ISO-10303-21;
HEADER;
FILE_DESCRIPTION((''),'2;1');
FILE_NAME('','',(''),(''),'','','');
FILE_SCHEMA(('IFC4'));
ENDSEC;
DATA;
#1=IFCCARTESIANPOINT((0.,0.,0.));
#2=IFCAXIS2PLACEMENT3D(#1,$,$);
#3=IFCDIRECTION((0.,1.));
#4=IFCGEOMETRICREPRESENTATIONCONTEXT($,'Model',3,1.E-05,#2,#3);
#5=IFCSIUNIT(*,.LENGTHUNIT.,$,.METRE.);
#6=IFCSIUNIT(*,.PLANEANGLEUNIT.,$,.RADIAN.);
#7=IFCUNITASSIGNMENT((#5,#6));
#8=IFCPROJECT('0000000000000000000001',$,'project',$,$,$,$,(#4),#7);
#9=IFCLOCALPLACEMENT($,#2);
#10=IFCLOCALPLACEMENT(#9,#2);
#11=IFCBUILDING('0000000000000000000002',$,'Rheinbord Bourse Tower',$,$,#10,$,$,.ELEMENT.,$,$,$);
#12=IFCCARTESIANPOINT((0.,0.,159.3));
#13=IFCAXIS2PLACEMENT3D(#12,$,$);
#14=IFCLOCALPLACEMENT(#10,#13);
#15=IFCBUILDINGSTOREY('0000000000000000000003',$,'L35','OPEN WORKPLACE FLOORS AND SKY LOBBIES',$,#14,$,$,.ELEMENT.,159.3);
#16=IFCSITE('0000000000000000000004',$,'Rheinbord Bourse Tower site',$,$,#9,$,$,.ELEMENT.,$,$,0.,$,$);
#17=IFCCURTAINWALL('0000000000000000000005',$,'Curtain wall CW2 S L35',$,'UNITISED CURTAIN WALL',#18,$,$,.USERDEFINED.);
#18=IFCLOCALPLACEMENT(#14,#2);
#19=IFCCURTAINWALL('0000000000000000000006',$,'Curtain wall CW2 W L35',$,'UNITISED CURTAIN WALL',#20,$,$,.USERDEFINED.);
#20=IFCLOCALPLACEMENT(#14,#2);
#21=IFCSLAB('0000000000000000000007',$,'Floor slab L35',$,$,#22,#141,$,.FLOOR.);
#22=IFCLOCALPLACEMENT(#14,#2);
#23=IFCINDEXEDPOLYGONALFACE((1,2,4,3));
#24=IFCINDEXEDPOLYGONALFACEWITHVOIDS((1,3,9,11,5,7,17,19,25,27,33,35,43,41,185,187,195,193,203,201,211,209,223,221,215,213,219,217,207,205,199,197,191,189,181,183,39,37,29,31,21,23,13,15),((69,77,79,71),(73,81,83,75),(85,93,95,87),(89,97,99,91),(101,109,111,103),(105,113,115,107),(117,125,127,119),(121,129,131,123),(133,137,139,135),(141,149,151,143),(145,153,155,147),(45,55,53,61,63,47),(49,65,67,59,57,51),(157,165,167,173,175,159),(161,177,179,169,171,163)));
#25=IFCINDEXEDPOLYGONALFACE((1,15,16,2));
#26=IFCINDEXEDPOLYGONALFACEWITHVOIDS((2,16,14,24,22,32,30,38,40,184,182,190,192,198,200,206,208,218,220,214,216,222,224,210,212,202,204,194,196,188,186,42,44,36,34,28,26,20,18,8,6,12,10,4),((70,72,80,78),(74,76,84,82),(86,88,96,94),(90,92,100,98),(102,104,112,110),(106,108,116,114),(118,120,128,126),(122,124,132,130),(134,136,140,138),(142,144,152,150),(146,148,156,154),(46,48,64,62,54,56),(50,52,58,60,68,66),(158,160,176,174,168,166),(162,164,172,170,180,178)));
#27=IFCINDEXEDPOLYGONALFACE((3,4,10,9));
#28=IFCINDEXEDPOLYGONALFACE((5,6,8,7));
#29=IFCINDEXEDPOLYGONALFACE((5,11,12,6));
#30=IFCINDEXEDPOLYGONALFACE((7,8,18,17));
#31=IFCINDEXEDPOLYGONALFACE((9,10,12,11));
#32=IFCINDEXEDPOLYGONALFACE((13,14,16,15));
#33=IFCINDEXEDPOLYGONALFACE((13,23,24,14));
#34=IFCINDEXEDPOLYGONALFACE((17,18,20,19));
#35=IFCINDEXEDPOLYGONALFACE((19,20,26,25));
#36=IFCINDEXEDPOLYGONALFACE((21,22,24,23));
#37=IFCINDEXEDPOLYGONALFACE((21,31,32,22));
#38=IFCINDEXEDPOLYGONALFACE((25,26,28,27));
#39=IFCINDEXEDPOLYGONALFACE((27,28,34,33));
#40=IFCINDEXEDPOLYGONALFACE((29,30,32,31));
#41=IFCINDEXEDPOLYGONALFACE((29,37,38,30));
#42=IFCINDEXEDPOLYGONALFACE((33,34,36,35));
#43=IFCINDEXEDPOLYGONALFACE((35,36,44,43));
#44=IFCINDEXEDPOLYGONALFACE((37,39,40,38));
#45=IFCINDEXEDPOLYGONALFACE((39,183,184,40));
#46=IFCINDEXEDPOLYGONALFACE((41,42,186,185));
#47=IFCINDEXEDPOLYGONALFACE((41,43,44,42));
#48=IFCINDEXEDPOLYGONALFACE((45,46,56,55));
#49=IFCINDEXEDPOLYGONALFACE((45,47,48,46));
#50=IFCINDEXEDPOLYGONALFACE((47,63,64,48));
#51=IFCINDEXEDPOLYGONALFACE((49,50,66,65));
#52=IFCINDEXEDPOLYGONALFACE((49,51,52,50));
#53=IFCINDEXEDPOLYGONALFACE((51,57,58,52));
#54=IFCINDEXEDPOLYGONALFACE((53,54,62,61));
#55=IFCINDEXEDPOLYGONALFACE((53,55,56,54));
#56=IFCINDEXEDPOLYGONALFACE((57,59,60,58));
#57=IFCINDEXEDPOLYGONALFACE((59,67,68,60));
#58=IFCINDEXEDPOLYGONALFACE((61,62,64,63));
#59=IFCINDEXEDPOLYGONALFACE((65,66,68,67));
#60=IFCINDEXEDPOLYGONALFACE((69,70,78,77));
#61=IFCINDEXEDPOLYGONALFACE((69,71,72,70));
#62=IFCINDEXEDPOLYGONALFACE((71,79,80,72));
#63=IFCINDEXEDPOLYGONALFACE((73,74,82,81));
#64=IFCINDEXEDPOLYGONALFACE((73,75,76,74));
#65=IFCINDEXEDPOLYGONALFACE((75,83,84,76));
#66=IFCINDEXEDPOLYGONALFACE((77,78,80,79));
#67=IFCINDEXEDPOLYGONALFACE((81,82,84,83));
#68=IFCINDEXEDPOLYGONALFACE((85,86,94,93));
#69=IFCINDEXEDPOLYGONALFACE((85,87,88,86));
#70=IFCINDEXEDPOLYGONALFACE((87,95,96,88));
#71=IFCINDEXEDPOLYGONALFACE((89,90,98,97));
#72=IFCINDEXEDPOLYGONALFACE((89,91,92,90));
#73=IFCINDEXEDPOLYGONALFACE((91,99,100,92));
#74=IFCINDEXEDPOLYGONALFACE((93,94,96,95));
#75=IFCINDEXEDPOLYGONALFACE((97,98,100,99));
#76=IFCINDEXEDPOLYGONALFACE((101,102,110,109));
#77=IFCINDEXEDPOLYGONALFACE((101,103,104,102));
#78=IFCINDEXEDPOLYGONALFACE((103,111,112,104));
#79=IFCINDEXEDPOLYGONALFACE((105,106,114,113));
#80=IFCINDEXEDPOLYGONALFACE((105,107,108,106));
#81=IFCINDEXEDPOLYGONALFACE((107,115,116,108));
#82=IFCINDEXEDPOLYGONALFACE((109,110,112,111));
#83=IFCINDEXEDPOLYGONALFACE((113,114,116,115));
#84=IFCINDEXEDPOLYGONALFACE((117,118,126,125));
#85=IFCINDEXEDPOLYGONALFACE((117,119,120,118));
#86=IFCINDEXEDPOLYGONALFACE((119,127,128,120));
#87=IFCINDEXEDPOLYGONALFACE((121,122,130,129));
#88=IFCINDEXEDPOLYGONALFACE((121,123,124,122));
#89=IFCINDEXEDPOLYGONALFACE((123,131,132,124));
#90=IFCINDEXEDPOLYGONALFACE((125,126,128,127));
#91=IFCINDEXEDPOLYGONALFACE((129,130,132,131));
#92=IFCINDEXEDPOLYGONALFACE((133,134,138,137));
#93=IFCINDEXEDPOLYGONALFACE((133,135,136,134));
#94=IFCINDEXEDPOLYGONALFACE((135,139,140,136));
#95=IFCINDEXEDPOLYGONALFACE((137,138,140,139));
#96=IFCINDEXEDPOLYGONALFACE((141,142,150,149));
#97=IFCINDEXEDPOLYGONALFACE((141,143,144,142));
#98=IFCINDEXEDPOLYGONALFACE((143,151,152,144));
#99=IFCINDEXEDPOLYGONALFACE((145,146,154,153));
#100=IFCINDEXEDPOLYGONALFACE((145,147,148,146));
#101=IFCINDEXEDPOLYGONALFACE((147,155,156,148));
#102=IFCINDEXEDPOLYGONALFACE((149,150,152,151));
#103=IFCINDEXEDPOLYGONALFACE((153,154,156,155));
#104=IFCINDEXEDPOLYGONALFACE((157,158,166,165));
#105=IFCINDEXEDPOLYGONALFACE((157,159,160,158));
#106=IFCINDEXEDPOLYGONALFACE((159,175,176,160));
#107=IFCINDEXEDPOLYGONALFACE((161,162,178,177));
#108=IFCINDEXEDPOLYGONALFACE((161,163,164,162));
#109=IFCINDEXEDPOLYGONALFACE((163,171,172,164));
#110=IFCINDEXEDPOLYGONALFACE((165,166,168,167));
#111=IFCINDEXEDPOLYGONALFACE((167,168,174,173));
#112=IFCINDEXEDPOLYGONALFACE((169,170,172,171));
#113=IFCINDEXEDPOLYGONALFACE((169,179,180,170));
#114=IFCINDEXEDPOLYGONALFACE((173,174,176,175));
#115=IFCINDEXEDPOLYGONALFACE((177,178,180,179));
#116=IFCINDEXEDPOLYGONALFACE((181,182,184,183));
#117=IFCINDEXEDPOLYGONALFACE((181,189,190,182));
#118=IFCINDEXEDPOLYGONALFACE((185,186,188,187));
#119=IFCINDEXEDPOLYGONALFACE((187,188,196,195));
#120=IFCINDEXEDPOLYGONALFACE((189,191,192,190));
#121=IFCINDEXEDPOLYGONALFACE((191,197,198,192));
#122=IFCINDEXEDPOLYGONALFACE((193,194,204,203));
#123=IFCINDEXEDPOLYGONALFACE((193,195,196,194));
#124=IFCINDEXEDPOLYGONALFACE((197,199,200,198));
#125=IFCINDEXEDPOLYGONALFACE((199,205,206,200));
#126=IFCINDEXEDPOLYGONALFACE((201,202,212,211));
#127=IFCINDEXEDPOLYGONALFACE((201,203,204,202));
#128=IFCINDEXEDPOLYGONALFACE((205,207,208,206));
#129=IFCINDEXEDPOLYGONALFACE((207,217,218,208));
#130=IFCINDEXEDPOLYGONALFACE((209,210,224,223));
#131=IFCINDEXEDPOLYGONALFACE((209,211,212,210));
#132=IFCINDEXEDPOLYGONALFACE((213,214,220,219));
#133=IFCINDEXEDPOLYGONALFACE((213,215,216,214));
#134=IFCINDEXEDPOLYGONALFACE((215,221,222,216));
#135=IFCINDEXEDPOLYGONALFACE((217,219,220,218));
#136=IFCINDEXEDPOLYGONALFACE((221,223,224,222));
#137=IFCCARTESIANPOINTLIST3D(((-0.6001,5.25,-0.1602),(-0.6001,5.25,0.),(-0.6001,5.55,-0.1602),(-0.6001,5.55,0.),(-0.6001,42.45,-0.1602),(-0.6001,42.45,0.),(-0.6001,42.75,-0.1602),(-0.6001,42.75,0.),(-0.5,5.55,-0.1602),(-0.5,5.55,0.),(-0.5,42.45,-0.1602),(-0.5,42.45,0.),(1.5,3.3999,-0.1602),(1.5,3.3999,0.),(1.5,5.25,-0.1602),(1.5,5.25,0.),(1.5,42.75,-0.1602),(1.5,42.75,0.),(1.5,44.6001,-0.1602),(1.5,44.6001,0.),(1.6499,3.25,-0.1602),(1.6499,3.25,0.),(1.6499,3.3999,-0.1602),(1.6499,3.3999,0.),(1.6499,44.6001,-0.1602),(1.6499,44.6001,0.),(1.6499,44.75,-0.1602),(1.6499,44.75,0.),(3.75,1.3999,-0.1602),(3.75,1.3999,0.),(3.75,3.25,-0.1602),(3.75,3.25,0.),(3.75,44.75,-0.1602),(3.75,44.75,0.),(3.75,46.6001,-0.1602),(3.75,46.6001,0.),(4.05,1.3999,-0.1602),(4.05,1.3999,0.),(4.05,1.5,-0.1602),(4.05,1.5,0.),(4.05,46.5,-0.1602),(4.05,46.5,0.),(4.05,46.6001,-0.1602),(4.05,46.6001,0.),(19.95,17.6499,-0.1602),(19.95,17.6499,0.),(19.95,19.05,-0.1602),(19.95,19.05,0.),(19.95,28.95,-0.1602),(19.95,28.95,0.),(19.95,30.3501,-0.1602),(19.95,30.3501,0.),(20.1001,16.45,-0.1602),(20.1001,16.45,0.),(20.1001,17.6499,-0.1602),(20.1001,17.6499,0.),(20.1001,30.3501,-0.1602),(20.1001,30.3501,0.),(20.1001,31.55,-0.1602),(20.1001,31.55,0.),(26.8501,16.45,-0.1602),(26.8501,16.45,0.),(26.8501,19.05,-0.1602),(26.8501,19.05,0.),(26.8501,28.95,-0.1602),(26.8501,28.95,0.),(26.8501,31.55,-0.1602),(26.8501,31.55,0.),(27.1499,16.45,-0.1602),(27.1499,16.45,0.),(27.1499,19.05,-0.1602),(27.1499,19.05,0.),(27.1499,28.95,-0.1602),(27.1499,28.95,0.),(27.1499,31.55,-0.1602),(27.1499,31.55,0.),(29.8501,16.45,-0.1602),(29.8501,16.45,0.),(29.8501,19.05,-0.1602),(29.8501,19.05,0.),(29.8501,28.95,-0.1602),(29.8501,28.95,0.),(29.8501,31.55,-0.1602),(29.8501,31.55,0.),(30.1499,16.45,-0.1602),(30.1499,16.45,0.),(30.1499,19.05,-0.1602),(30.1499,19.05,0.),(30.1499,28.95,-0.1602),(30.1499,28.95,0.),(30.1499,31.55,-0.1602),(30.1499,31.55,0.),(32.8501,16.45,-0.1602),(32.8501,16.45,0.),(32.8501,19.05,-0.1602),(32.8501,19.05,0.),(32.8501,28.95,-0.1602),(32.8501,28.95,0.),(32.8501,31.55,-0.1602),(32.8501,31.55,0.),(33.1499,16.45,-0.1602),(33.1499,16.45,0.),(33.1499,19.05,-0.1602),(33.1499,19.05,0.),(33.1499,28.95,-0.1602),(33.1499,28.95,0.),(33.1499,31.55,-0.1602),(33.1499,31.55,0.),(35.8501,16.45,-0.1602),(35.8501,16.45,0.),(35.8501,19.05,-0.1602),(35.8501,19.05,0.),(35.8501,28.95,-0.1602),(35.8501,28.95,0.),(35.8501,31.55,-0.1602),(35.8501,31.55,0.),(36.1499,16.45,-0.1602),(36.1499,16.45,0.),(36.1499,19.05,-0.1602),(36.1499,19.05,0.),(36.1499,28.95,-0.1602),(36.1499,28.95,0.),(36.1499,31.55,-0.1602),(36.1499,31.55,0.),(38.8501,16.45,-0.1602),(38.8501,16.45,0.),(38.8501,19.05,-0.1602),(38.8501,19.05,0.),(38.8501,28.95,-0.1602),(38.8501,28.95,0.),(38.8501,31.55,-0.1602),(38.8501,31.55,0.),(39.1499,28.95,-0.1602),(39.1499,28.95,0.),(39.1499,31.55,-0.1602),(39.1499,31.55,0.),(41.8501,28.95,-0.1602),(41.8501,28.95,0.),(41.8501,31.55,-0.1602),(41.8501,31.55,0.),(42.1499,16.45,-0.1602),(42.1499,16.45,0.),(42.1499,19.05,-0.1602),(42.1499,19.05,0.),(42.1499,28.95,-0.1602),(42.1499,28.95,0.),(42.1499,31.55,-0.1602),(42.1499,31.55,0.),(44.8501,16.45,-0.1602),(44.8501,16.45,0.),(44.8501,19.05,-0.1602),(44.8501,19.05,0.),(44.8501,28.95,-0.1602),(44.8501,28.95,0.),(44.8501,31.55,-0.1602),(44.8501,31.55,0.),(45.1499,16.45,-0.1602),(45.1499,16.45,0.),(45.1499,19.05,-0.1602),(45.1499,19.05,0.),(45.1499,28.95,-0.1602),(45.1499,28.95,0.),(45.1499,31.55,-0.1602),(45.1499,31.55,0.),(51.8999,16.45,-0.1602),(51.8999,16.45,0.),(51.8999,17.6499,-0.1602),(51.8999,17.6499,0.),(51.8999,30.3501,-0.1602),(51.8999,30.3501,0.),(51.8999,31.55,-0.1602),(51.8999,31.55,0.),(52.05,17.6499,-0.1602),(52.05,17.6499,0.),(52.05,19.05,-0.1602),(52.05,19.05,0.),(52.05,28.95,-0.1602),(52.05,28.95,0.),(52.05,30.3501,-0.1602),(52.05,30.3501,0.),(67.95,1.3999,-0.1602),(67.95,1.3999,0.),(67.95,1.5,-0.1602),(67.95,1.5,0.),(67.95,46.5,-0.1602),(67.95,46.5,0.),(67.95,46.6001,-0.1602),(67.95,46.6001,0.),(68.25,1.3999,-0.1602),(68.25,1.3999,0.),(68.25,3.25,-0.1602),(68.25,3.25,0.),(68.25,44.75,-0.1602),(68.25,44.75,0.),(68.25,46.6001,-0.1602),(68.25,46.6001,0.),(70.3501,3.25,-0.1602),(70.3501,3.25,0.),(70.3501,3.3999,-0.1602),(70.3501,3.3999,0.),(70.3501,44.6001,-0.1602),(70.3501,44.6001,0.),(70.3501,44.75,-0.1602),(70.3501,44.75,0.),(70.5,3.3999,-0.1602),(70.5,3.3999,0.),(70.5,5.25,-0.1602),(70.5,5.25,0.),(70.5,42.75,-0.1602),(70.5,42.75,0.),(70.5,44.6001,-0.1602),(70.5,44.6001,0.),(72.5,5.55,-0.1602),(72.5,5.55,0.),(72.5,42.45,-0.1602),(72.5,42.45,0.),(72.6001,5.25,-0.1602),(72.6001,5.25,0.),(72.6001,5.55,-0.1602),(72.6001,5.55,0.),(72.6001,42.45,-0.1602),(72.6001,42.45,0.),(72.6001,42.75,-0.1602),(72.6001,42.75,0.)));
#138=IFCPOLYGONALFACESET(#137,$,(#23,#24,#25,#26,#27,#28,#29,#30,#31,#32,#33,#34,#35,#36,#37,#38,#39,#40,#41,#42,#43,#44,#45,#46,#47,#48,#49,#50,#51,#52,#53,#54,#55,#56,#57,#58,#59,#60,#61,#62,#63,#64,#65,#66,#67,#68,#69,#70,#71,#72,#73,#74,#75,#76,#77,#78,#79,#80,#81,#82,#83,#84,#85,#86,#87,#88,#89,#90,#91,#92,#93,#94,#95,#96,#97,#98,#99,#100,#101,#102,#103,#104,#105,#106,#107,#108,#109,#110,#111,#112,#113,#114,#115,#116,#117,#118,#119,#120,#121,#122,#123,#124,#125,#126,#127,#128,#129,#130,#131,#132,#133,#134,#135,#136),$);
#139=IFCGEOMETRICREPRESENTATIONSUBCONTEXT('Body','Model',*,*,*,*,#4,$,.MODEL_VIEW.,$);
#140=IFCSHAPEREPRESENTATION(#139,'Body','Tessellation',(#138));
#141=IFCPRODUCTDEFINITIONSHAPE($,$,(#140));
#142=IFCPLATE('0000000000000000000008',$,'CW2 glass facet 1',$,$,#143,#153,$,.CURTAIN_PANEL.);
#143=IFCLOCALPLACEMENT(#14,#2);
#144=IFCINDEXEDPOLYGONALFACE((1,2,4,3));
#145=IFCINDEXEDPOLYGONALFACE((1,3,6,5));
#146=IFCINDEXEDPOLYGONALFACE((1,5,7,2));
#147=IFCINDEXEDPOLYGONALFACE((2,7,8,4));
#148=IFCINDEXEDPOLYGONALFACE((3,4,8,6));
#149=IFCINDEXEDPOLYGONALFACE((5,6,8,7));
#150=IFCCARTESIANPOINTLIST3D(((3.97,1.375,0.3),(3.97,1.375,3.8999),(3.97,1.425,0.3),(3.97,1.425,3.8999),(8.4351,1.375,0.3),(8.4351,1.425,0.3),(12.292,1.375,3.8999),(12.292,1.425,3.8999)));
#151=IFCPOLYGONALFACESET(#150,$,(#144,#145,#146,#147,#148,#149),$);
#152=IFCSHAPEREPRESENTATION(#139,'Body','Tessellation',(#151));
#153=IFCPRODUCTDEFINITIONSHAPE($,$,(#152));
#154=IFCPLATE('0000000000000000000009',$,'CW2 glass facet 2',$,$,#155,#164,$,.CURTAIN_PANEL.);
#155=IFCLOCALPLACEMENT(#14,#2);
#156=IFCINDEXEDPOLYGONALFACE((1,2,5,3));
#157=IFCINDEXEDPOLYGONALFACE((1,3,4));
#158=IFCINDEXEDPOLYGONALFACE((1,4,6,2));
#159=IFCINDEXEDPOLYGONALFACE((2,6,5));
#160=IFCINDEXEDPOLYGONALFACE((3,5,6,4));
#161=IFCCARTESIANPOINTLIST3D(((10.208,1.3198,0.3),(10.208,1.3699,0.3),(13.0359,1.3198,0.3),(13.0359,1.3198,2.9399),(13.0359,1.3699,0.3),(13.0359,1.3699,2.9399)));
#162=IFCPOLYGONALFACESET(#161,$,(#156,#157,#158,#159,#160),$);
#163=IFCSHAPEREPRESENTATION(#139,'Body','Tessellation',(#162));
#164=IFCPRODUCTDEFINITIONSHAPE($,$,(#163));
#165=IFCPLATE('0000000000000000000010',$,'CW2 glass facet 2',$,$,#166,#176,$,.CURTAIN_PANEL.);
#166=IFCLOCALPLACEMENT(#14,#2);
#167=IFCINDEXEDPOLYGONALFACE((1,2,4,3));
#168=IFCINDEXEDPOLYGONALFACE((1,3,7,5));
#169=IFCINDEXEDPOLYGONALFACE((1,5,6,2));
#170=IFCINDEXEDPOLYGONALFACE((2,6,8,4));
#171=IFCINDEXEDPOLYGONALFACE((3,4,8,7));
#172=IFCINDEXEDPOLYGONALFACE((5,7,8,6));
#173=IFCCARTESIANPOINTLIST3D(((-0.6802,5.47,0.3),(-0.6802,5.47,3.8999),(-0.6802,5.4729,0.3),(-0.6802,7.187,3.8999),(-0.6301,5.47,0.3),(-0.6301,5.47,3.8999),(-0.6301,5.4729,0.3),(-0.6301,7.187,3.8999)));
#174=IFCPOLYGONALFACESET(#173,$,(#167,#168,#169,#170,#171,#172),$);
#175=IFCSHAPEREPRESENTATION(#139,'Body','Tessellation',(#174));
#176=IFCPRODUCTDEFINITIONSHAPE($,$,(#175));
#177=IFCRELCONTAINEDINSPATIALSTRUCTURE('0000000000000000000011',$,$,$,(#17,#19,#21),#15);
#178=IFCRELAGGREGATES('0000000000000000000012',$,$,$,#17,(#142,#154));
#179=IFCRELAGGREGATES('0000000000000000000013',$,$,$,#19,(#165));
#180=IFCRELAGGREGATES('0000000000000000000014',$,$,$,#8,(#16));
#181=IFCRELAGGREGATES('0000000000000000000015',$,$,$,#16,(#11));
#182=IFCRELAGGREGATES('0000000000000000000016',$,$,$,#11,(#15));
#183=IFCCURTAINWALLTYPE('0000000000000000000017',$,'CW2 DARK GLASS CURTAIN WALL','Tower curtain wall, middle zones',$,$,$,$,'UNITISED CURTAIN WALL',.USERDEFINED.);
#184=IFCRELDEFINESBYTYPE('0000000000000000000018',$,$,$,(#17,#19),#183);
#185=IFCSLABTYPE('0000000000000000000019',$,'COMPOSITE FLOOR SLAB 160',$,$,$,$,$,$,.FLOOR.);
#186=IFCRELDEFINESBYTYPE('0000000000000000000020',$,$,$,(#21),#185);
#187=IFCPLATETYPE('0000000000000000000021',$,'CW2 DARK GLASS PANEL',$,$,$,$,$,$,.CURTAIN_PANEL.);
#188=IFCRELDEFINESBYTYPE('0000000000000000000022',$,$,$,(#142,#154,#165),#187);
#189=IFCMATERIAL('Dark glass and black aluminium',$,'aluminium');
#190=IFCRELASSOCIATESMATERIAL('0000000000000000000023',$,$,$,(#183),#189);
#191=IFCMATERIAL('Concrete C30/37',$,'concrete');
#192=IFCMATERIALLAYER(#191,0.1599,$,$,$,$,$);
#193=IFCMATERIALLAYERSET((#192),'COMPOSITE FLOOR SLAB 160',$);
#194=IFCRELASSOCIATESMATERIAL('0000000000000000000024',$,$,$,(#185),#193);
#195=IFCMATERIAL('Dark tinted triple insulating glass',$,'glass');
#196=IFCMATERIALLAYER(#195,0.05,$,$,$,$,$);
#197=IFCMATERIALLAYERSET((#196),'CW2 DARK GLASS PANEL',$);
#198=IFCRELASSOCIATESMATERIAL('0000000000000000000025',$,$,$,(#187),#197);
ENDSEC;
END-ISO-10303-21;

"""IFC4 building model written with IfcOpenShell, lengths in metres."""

from ifc_helpers import new_model, si_unit, direction, frame, origin, place, context, subcontext, project, spatial, polyline, outline, extrude, material, layer, layer_set, type_object, element, aggregate, save


model = new_model("IFC4")

# Units and contexts
model_context = context("Model", 3, precision=1e-05, world=origin(), true_north=direction((0.0, 1.0)))
body_context = subcontext(model_context, "Body", "Model", "MODEL_VIEW")
ifc_project = project(units=[si_unit("LENGTHUNIT", "METRE"), si_unit("PLANEANGLEUNIT", "RADIAN")], contexts=[model_context])

# Site, building, storey
site_placement = place(None, origin())
site = spatial("IfcSite", under=ifc_project, at=site_placement, Name="Rheinbord Bourse Tower site", CompositionType="ELEMENT", RefElevation=0.0)
building_placement = place(site_placement, origin())
building = spatial("IfcBuilding", under=site, at=building_placement, Name="Rheinbord Bourse Tower", CompositionType="ELEMENT")
storey_placement = place(building_placement, frame((0.0, 0.0, 159.3)))
storey = spatial("IfcBuildingStorey", under=building, at=storey_placement, Name="L35", Description="OPEN WORKPLACE FLOORS AND SKY LOBBIES", CompositionType="ELEMENT", Elevation=159.3)

# Curtain wall
ifc_material_1 = material(Name="Dark glass and black aluminium", Category="aluminium")
curtain_wall_type = type_object("IfcCurtainWallType", Name="CW2 DARK GLASS CURTAIN WALL", Description="Tower curtain wall, middle zones", ElementType="UNITISED CURTAIN WALL", PredefinedType="USERDEFINED", material=ifc_material_1)
curtain_wall_1_placement = place(storey_placement, origin())
curtain_wall_1 = element("IfcCurtainWall", 1, at=curtain_wall_1_placement, inside=storey, type_object=curtain_wall_type, Name="Curtain wall CW2 S L35", ObjectType="UNITISED CURTAIN WALL", PredefinedType="USERDEFINED")

# Curtain wall
curtain_wall_2_placement = place(storey_placement, origin())
curtain_wall_2 = element("IfcCurtainWall", 2, at=curtain_wall_2_placement, inside=storey, type_object=curtain_wall_type, Name="Curtain wall CW2 W L35", ObjectType="UNITISED CURTAIN WALL", PredefinedType="USERDEFINED")

# Slab
ifc_material_2 = material(Name="Concrete C30/37", Category="concrete")
ifc_layer_1 = layer(ifc_material_2, 0.1599)
ifc_layer_set_1 = layer_set([ifc_layer_1], Name="COMPOSITE FLOOR SLAB 160")
slab_type_1 = type_object("IfcSlabType", Name="COMPOSITE FLOOR SLAB 160", PredefinedType="FLOOR", material=ifc_layer_set_1)
slab_1_placement = place(storey_placement, frame((0.0, 0.0, -0.1602)))
element("IfcSlab", 3, at=slab_1_placement, inside=storey, type_object=slab_type_1, Name="Floor slab L35", PredefinedType="FLOOR", context=body_context, shape_type="SweptSolid", body=[
    extrude(outline(polyline([(1.6499, 3.3999), (1.5, 3.3999), (1.5, 5.25), (-0.6001, 5.25), (-0.6001, 5.55), (-0.5, 5.55), (-0.5, 42.45), (-0.6001, 42.45), (-0.6001, 42.75), (1.5, 42.75), (1.5, 44.6001), (1.6499, 44.6001), (1.6499, 44.75), (3.75, 44.75), (3.75, 46.6001), (4.05, 46.6001), (4.05, 46.5), (67.95, 46.5), (67.95, 46.6001), (68.25, 46.6001), (68.25, 44.75), (70.3501, 44.75), (70.3501, 44.6001), (70.5, 44.6001), (70.5, 42.75), (72.6001, 42.75), (72.6001, 42.45), (72.5, 42.45), (72.5, 5.55), (72.6001, 5.55), (72.6001, 5.25), (70.5, 5.25), (70.5, 3.3999), (70.3501, 3.3999), (70.3501, 3.25), (68.25, 3.25), (68.25, 1.3999), (67.95, 1.3999), (67.95, 1.5), (4.05, 1.5), (4.05, 1.3999), (3.75, 1.3999), (3.75, 3.25), (1.6499, 3.25), (1.6499, 3.3999)]), holes=[polyline([(19.95, 19.05), (26.8501, 19.05), (26.8501, 16.45), (20.1001, 16.45), (20.1001, 17.6499), (19.95, 17.6499), (19.95, 19.05)]), polyline([(26.8501, 31.55), (26.8501, 28.95), (19.95, 28.95), (19.95, 30.3501), (20.1001, 30.3501), (20.1001, 31.55), (26.8501, 31.55)]), polyline([(45.1499, 16.45), (45.1499, 19.05), (52.05, 19.05), (52.05, 17.6499), (51.8999, 17.6499), (51.8999, 16.45), (45.1499, 16.45)]), polyline([(52.05, 28.95), (45.1499, 28.95), (45.1499, 31.55), (51.8999, 31.55), (51.8999, 30.3501), (52.05, 30.3501), (52.05, 28.95)]), polyline([(27.1499, 16.45), (27.1499, 19.05), (29.8501, 19.05), (29.8501, 16.45), (27.1499, 16.45)]), polyline([(27.1499, 28.95), (27.1499, 31.55), (29.8501, 31.55), (29.8501, 28.95), (27.1499, 28.95)]), polyline([(30.1499, 16.45), (30.1499, 19.05), (32.8501, 19.05), (32.8501, 16.45), (30.1499, 16.45)]), polyline([(30.1499, 28.95), (30.1499, 31.55), (32.8501, 31.55), (32.8501, 28.95), (30.1499, 28.95)]), polyline([(33.1499, 16.45), (33.1499, 19.05), (35.8501, 19.05), (35.8501, 16.45), (33.1499, 16.45)]), polyline([(33.1499, 28.95), (33.1499, 31.55), (35.8501, 31.55), (35.8501, 28.95), (33.1499, 28.95)]), polyline([(36.1499, 16.45), (36.1499, 19.05), (38.8501, 19.05), (38.8501, 16.45), (36.1499, 16.45)]), polyline([(36.1499, 28.95), (36.1499, 31.55), (38.8501, 31.55), (38.8501, 28.95), (36.1499, 28.95)]), polyline([(39.1499, 28.95), (39.1499, 31.55), (41.8501, 31.55), (41.8501, 28.95), (39.1499, 28.95)]), polyline([(42.1499, 16.45), (42.1499, 19.05), (44.8501, 19.05), (44.8501, 16.45), (42.1499, 16.45)]), polyline([(42.1499, 28.95), (42.1499, 31.55), (44.8501, 31.55), (44.8501, 28.95), (42.1499, 28.95)])]), origin(), (0.0, 0.0, 1.0), 0.1602),
])

# Plates
ifc_material_3 = material(Name="Dark tinted triple insulating glass", Category="glass")
ifc_layer_2 = layer(ifc_material_3, 0.05)
ifc_layer_set_2 = layer_set([ifc_layer_2], Name="CW2 DARK GLASS PANEL")
plate_type = type_object("IfcPlateType", Name="CW2 DARK GLASS PANEL", PredefinedType="CURTAIN_PANEL", material=ifc_layer_set_2)
plate_1_placement = place(storey_placement, frame((3.97, 1.375, 0.3), z_axis=(0.0, 1.0, 0.0), x_axis=(0.0, 0.0, 1.0)))
plate_1 = element("IfcPlate", 4, at=plate_1_placement, type_object=plate_type, Name="CW2 glass facet 1", PredefinedType="CURTAIN_PANEL", context=body_context, shape_type="SweptSolid", body=[
    extrude(outline(polyline([(0.0, 0.0), (3.5999, 0.0), (3.5999, 8.322), (0.0, 4.4651), (0.0, 0.0)])), origin(), (0.0, 0.0, 1.0), 0.05),
])
plate_2_placement = place(storey_placement, frame((13.0359, 1.3198, 0.3), z_axis=(0.0, 1.0, 0.0), x_axis=(-1.0, 0.0, 0.0)))
plate_2 = element("IfcPlate", 5, at=plate_2_placement, type_object=plate_type, Name="CW2 glass facet 2", PredefinedType="CURTAIN_PANEL", context=body_context, shape_type="SweptSolid", body=[
    extrude(outline(polyline([(0.0, 0.0), (2.8279, 0.0), (0.0, 2.6399), (0.0, 0.0)])), origin(), (0.0, 0.0, 1.0), 0.05),
])
aggregate(curtain_wall_1, [plate_1, plate_2])
plate_3_placement = place(storey_placement, frame((-0.6802, 5.47, 3.8999), z_axis=(1.0, 0.0, 0.0), x_axis=(0.0, 0.0, -1.0)))
plate_3 = element("IfcPlate", 6, at=plate_3_placement, type_object=plate_type, Name="CW2 glass facet 2", PredefinedType="CURTAIN_PANEL", context=body_context, shape_type="SweptSolid", body=[
    extrude(outline(polyline([(0.0, 0.0), (3.5999, 0.0), (3.5999, 0.0029), (0.0, 1.717), (0.0, 0.0)])), origin(), (0.0, 0.0, 1.0), 0.05),
])
aggregate(curtain_wall_2, [plate_3])

save(model, "model.ifc")
